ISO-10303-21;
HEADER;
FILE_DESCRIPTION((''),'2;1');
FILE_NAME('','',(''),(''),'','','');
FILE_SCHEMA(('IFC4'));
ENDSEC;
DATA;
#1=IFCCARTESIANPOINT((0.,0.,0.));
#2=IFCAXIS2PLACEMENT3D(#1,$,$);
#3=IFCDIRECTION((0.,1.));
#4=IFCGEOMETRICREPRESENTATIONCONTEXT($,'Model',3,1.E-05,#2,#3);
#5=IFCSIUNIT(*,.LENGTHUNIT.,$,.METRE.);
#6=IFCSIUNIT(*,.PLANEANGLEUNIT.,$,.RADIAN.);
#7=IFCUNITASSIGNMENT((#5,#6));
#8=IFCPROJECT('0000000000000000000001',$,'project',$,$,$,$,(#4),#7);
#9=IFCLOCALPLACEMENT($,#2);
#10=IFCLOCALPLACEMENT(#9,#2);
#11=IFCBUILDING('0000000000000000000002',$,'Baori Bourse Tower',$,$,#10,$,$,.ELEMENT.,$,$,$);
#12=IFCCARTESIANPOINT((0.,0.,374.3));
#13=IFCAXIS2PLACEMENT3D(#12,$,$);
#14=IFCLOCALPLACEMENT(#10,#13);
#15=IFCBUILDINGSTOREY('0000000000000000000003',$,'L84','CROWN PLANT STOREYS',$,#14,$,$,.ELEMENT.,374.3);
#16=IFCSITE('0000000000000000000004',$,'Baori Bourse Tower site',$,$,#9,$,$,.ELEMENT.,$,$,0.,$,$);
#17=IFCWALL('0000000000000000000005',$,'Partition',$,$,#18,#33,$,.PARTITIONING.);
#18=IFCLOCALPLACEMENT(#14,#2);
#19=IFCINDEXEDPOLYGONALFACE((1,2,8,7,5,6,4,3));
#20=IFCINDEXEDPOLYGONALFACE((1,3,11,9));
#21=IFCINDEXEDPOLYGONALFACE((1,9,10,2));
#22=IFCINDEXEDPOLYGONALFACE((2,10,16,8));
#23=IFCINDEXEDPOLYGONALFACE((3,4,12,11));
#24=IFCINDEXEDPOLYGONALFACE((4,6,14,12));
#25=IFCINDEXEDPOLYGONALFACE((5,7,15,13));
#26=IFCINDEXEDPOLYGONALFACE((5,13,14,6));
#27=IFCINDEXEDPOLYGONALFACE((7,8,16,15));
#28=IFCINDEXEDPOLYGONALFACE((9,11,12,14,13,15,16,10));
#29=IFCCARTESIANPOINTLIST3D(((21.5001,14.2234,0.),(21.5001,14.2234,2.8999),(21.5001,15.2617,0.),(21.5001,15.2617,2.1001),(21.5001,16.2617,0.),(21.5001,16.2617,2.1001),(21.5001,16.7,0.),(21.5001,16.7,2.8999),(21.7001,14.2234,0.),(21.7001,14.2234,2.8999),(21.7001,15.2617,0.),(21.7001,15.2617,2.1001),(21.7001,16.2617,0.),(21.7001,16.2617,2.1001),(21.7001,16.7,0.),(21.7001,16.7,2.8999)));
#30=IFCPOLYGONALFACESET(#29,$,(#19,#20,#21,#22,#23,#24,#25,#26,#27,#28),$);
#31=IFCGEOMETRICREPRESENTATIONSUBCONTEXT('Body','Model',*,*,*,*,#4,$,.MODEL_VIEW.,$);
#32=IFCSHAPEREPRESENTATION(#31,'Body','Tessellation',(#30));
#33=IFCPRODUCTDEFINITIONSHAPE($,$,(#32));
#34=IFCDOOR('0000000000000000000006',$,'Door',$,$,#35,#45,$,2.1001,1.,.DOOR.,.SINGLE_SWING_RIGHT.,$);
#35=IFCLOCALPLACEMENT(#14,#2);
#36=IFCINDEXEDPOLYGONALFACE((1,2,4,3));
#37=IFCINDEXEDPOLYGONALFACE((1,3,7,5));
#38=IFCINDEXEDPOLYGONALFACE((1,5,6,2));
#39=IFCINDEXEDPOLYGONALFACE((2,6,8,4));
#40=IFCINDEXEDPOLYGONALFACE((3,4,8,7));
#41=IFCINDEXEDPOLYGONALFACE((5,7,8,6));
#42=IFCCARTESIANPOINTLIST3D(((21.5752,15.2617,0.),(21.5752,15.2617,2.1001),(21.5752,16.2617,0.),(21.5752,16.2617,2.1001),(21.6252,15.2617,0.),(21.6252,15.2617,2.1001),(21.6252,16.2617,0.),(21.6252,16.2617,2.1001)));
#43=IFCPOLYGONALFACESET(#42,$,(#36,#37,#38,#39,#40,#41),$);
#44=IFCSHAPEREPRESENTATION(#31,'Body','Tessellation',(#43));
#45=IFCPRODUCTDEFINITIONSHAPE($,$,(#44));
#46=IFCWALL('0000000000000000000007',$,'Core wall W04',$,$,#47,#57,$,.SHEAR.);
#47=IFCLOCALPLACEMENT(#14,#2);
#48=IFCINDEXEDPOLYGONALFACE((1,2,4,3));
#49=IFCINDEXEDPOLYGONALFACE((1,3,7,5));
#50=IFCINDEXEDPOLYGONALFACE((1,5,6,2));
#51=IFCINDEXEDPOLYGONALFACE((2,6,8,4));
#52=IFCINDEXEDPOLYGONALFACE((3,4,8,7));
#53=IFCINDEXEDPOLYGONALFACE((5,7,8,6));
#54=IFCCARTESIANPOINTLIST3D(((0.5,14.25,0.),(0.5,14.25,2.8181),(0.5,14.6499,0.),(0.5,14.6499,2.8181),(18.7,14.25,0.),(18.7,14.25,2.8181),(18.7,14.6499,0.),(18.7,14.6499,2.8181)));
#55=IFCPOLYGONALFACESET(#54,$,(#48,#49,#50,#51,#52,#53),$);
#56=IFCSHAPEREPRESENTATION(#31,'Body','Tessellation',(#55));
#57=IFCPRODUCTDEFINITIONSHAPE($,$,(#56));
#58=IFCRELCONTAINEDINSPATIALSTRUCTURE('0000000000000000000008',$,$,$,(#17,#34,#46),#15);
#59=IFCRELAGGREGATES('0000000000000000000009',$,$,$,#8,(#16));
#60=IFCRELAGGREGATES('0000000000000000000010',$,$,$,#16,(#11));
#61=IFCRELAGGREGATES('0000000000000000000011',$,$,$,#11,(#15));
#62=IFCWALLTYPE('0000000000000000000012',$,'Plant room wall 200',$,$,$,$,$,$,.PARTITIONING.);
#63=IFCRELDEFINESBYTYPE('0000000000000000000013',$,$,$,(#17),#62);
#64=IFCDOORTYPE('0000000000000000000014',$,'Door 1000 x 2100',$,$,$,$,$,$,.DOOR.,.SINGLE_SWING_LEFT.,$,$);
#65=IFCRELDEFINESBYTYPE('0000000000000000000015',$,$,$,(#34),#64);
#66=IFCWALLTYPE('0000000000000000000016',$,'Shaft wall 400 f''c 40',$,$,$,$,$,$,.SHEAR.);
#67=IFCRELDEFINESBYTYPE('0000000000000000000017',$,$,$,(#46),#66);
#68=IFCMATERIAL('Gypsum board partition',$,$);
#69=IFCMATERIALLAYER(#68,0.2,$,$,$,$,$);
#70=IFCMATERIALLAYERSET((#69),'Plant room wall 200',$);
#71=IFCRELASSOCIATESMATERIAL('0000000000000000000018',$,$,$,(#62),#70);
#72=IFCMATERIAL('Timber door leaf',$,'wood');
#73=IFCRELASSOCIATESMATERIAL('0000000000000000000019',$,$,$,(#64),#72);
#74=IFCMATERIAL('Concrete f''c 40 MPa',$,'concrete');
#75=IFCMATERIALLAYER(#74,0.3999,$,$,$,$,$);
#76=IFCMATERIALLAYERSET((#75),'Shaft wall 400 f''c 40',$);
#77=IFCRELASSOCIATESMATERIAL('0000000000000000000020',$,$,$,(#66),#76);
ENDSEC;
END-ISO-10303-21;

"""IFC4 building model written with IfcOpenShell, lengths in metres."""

from ifc_helpers import new_model, si_unit, direction, frame, frame_2d, origin, place, context, subcontext, project, spatial, polyline, rectangle, outline, extrude, material, layer, layer_set, type_object, element, fill, save


model = new_model("IFC4")

# Units and contexts
model_context = context("Model", 3, precision=1e-05, world=origin(), true_north=direction((0.0, 1.0)))
body_context = subcontext(model_context, "Body", "Model", "MODEL_VIEW")
ifc_project = project(units=[si_unit("LENGTHUNIT", "METRE"), si_unit("PLANEANGLEUNIT", "RADIAN")], contexts=[model_context])

# Site, building, storey
site_placement = place(None, origin())
site = spatial("IfcSite", under=ifc_project, at=site_placement, Name="Baori Bourse Tower site", CompositionType="ELEMENT", RefElevation=0.0)
building_placement = place(site_placement, origin())
building = spatial("IfcBuilding", under=site, at=building_placement, Name="Baori Bourse Tower", CompositionType="ELEMENT")
storey_placement = place(building_placement, frame((0.0, 0.0, 374.3)))
storey = spatial("IfcBuildingStorey", under=building, at=storey_placement, Name="L84", Description="CROWN PLANT STOREYS", CompositionType="ELEMENT", Elevation=374.3)

# Wall, opening, door
ifc_material_1 = material(Name="Gypsum board partition")
ifc_layer_1 = layer(ifc_material_1, 0.2)
ifc_layer_set_1 = layer_set([ifc_layer_1], Name="Plant room wall 200")
wall_type_1 = type_object("IfcWallType", Name="Plant room wall 200", PredefinedType="PARTITIONING", material=ifc_layer_set_1)
wall_1_placement = place(storey_placement, frame((21.6001, 14.2234, 0.0), z_axis=(0.0, 0.0, 1.0), x_axis=(0.0, 1.0, 0.0)))
wall_1 = element("IfcWall", 1, at=wall_1_placement, inside=storey, type_object=wall_type_1, Name="Partition", PredefinedType="PARTITIONING", context=body_context, shape_type="SweptSolid", body=[
    extrude(rectangle(XDim=2.4766, YDim=0.2, at=frame_2d((1.2383, 0.0))), origin(), (0.0, 0.0, 1.0), 2.8999),
])
opening_placement = place(wall_1_placement, frame((1.0383, 0.0, 0.0)))
opening = element("IfcOpeningElement", 2, at=opening_placement, cuts=wall_1, PredefinedType="OPENING", context=body_context, shape_type="SweptSolid", body=[
    extrude(rectangle(XDim=1.0, YDim=2.1001, at=frame_2d((0.5, 1.05))), frame((0.0, 0.1099, 0.0), z_axis=(0.0, -1.0, 0.0), x_axis=(1.0, 0.0, 0.0)), (0.0, 0.0, 1.0), 0.22),
])
ifc_material_2 = material(Name="Timber door leaf", Category="wood")
door_type = type_object("IfcDoorType", Name="Door 1000 x 2100", OperationType="SINGLE_SWING_LEFT", PredefinedType="DOOR", material=ifc_material_2)
door_placement = place(opening_placement, origin())
door = element("IfcDoor", 3, at=door_placement, inside=storey, type_object=door_type, Name="Door", OperationType="SINGLE_SWING_RIGHT", OverallHeight=2.1001, OverallWidth=1.0, PredefinedType="DOOR", context=body_context, shape_type="SweptSolid", body=[
    extrude(rectangle(XDim=1.0, YDim=2.1001, at=frame_2d((0.5, 1.05))), frame((0.0, 0.0249, 0.0), z_axis=(0.0, -1.0, 0.0), x_axis=(1.0, 0.0, 0.0)), (0.0, 0.0, 1.0), 0.05),
])
fill(opening, door)

# Wall
ifc_material_3 = material(Name="Concrete f'c 40 MPa", Category="concrete")
ifc_layer_2 = layer(ifc_material_3, 0.3999)
ifc_layer_set_2 = layer_set([ifc_layer_2], Name="Shaft wall 400 f'c 40")
wall_type_2 = type_object("IfcWallType", Name="Shaft wall 400 f'c 40", PredefinedType="SHEAR", material=ifc_layer_set_2)
wall_2_placement = place(storey_placement, frame((0.5, 14.45, 0.0), z_axis=(0.0, 0.0, 1.0), x_axis=(1.0, 0.0, 0.0)))
element("IfcWall", 4, at=wall_2_placement, inside=storey, type_object=wall_type_2, Name="Core wall W04", PredefinedType="SHEAR", context=body_context, shape_type="SweptSolid", body=[
    extrude(outline(polyline([(0.0, 0.0), (18.2, 0.0), (18.2, 2.8181), (0.0, 2.8181), (0.0, 0.0)])), frame((0.0, 0.2, 0.0), z_axis=(0.0, -1.0, 0.0), x_axis=(1.0, 0.0, 0.0)), (0.0, 0.0, 1.0), 0.3999),
])

save(model, "model.ifc")
